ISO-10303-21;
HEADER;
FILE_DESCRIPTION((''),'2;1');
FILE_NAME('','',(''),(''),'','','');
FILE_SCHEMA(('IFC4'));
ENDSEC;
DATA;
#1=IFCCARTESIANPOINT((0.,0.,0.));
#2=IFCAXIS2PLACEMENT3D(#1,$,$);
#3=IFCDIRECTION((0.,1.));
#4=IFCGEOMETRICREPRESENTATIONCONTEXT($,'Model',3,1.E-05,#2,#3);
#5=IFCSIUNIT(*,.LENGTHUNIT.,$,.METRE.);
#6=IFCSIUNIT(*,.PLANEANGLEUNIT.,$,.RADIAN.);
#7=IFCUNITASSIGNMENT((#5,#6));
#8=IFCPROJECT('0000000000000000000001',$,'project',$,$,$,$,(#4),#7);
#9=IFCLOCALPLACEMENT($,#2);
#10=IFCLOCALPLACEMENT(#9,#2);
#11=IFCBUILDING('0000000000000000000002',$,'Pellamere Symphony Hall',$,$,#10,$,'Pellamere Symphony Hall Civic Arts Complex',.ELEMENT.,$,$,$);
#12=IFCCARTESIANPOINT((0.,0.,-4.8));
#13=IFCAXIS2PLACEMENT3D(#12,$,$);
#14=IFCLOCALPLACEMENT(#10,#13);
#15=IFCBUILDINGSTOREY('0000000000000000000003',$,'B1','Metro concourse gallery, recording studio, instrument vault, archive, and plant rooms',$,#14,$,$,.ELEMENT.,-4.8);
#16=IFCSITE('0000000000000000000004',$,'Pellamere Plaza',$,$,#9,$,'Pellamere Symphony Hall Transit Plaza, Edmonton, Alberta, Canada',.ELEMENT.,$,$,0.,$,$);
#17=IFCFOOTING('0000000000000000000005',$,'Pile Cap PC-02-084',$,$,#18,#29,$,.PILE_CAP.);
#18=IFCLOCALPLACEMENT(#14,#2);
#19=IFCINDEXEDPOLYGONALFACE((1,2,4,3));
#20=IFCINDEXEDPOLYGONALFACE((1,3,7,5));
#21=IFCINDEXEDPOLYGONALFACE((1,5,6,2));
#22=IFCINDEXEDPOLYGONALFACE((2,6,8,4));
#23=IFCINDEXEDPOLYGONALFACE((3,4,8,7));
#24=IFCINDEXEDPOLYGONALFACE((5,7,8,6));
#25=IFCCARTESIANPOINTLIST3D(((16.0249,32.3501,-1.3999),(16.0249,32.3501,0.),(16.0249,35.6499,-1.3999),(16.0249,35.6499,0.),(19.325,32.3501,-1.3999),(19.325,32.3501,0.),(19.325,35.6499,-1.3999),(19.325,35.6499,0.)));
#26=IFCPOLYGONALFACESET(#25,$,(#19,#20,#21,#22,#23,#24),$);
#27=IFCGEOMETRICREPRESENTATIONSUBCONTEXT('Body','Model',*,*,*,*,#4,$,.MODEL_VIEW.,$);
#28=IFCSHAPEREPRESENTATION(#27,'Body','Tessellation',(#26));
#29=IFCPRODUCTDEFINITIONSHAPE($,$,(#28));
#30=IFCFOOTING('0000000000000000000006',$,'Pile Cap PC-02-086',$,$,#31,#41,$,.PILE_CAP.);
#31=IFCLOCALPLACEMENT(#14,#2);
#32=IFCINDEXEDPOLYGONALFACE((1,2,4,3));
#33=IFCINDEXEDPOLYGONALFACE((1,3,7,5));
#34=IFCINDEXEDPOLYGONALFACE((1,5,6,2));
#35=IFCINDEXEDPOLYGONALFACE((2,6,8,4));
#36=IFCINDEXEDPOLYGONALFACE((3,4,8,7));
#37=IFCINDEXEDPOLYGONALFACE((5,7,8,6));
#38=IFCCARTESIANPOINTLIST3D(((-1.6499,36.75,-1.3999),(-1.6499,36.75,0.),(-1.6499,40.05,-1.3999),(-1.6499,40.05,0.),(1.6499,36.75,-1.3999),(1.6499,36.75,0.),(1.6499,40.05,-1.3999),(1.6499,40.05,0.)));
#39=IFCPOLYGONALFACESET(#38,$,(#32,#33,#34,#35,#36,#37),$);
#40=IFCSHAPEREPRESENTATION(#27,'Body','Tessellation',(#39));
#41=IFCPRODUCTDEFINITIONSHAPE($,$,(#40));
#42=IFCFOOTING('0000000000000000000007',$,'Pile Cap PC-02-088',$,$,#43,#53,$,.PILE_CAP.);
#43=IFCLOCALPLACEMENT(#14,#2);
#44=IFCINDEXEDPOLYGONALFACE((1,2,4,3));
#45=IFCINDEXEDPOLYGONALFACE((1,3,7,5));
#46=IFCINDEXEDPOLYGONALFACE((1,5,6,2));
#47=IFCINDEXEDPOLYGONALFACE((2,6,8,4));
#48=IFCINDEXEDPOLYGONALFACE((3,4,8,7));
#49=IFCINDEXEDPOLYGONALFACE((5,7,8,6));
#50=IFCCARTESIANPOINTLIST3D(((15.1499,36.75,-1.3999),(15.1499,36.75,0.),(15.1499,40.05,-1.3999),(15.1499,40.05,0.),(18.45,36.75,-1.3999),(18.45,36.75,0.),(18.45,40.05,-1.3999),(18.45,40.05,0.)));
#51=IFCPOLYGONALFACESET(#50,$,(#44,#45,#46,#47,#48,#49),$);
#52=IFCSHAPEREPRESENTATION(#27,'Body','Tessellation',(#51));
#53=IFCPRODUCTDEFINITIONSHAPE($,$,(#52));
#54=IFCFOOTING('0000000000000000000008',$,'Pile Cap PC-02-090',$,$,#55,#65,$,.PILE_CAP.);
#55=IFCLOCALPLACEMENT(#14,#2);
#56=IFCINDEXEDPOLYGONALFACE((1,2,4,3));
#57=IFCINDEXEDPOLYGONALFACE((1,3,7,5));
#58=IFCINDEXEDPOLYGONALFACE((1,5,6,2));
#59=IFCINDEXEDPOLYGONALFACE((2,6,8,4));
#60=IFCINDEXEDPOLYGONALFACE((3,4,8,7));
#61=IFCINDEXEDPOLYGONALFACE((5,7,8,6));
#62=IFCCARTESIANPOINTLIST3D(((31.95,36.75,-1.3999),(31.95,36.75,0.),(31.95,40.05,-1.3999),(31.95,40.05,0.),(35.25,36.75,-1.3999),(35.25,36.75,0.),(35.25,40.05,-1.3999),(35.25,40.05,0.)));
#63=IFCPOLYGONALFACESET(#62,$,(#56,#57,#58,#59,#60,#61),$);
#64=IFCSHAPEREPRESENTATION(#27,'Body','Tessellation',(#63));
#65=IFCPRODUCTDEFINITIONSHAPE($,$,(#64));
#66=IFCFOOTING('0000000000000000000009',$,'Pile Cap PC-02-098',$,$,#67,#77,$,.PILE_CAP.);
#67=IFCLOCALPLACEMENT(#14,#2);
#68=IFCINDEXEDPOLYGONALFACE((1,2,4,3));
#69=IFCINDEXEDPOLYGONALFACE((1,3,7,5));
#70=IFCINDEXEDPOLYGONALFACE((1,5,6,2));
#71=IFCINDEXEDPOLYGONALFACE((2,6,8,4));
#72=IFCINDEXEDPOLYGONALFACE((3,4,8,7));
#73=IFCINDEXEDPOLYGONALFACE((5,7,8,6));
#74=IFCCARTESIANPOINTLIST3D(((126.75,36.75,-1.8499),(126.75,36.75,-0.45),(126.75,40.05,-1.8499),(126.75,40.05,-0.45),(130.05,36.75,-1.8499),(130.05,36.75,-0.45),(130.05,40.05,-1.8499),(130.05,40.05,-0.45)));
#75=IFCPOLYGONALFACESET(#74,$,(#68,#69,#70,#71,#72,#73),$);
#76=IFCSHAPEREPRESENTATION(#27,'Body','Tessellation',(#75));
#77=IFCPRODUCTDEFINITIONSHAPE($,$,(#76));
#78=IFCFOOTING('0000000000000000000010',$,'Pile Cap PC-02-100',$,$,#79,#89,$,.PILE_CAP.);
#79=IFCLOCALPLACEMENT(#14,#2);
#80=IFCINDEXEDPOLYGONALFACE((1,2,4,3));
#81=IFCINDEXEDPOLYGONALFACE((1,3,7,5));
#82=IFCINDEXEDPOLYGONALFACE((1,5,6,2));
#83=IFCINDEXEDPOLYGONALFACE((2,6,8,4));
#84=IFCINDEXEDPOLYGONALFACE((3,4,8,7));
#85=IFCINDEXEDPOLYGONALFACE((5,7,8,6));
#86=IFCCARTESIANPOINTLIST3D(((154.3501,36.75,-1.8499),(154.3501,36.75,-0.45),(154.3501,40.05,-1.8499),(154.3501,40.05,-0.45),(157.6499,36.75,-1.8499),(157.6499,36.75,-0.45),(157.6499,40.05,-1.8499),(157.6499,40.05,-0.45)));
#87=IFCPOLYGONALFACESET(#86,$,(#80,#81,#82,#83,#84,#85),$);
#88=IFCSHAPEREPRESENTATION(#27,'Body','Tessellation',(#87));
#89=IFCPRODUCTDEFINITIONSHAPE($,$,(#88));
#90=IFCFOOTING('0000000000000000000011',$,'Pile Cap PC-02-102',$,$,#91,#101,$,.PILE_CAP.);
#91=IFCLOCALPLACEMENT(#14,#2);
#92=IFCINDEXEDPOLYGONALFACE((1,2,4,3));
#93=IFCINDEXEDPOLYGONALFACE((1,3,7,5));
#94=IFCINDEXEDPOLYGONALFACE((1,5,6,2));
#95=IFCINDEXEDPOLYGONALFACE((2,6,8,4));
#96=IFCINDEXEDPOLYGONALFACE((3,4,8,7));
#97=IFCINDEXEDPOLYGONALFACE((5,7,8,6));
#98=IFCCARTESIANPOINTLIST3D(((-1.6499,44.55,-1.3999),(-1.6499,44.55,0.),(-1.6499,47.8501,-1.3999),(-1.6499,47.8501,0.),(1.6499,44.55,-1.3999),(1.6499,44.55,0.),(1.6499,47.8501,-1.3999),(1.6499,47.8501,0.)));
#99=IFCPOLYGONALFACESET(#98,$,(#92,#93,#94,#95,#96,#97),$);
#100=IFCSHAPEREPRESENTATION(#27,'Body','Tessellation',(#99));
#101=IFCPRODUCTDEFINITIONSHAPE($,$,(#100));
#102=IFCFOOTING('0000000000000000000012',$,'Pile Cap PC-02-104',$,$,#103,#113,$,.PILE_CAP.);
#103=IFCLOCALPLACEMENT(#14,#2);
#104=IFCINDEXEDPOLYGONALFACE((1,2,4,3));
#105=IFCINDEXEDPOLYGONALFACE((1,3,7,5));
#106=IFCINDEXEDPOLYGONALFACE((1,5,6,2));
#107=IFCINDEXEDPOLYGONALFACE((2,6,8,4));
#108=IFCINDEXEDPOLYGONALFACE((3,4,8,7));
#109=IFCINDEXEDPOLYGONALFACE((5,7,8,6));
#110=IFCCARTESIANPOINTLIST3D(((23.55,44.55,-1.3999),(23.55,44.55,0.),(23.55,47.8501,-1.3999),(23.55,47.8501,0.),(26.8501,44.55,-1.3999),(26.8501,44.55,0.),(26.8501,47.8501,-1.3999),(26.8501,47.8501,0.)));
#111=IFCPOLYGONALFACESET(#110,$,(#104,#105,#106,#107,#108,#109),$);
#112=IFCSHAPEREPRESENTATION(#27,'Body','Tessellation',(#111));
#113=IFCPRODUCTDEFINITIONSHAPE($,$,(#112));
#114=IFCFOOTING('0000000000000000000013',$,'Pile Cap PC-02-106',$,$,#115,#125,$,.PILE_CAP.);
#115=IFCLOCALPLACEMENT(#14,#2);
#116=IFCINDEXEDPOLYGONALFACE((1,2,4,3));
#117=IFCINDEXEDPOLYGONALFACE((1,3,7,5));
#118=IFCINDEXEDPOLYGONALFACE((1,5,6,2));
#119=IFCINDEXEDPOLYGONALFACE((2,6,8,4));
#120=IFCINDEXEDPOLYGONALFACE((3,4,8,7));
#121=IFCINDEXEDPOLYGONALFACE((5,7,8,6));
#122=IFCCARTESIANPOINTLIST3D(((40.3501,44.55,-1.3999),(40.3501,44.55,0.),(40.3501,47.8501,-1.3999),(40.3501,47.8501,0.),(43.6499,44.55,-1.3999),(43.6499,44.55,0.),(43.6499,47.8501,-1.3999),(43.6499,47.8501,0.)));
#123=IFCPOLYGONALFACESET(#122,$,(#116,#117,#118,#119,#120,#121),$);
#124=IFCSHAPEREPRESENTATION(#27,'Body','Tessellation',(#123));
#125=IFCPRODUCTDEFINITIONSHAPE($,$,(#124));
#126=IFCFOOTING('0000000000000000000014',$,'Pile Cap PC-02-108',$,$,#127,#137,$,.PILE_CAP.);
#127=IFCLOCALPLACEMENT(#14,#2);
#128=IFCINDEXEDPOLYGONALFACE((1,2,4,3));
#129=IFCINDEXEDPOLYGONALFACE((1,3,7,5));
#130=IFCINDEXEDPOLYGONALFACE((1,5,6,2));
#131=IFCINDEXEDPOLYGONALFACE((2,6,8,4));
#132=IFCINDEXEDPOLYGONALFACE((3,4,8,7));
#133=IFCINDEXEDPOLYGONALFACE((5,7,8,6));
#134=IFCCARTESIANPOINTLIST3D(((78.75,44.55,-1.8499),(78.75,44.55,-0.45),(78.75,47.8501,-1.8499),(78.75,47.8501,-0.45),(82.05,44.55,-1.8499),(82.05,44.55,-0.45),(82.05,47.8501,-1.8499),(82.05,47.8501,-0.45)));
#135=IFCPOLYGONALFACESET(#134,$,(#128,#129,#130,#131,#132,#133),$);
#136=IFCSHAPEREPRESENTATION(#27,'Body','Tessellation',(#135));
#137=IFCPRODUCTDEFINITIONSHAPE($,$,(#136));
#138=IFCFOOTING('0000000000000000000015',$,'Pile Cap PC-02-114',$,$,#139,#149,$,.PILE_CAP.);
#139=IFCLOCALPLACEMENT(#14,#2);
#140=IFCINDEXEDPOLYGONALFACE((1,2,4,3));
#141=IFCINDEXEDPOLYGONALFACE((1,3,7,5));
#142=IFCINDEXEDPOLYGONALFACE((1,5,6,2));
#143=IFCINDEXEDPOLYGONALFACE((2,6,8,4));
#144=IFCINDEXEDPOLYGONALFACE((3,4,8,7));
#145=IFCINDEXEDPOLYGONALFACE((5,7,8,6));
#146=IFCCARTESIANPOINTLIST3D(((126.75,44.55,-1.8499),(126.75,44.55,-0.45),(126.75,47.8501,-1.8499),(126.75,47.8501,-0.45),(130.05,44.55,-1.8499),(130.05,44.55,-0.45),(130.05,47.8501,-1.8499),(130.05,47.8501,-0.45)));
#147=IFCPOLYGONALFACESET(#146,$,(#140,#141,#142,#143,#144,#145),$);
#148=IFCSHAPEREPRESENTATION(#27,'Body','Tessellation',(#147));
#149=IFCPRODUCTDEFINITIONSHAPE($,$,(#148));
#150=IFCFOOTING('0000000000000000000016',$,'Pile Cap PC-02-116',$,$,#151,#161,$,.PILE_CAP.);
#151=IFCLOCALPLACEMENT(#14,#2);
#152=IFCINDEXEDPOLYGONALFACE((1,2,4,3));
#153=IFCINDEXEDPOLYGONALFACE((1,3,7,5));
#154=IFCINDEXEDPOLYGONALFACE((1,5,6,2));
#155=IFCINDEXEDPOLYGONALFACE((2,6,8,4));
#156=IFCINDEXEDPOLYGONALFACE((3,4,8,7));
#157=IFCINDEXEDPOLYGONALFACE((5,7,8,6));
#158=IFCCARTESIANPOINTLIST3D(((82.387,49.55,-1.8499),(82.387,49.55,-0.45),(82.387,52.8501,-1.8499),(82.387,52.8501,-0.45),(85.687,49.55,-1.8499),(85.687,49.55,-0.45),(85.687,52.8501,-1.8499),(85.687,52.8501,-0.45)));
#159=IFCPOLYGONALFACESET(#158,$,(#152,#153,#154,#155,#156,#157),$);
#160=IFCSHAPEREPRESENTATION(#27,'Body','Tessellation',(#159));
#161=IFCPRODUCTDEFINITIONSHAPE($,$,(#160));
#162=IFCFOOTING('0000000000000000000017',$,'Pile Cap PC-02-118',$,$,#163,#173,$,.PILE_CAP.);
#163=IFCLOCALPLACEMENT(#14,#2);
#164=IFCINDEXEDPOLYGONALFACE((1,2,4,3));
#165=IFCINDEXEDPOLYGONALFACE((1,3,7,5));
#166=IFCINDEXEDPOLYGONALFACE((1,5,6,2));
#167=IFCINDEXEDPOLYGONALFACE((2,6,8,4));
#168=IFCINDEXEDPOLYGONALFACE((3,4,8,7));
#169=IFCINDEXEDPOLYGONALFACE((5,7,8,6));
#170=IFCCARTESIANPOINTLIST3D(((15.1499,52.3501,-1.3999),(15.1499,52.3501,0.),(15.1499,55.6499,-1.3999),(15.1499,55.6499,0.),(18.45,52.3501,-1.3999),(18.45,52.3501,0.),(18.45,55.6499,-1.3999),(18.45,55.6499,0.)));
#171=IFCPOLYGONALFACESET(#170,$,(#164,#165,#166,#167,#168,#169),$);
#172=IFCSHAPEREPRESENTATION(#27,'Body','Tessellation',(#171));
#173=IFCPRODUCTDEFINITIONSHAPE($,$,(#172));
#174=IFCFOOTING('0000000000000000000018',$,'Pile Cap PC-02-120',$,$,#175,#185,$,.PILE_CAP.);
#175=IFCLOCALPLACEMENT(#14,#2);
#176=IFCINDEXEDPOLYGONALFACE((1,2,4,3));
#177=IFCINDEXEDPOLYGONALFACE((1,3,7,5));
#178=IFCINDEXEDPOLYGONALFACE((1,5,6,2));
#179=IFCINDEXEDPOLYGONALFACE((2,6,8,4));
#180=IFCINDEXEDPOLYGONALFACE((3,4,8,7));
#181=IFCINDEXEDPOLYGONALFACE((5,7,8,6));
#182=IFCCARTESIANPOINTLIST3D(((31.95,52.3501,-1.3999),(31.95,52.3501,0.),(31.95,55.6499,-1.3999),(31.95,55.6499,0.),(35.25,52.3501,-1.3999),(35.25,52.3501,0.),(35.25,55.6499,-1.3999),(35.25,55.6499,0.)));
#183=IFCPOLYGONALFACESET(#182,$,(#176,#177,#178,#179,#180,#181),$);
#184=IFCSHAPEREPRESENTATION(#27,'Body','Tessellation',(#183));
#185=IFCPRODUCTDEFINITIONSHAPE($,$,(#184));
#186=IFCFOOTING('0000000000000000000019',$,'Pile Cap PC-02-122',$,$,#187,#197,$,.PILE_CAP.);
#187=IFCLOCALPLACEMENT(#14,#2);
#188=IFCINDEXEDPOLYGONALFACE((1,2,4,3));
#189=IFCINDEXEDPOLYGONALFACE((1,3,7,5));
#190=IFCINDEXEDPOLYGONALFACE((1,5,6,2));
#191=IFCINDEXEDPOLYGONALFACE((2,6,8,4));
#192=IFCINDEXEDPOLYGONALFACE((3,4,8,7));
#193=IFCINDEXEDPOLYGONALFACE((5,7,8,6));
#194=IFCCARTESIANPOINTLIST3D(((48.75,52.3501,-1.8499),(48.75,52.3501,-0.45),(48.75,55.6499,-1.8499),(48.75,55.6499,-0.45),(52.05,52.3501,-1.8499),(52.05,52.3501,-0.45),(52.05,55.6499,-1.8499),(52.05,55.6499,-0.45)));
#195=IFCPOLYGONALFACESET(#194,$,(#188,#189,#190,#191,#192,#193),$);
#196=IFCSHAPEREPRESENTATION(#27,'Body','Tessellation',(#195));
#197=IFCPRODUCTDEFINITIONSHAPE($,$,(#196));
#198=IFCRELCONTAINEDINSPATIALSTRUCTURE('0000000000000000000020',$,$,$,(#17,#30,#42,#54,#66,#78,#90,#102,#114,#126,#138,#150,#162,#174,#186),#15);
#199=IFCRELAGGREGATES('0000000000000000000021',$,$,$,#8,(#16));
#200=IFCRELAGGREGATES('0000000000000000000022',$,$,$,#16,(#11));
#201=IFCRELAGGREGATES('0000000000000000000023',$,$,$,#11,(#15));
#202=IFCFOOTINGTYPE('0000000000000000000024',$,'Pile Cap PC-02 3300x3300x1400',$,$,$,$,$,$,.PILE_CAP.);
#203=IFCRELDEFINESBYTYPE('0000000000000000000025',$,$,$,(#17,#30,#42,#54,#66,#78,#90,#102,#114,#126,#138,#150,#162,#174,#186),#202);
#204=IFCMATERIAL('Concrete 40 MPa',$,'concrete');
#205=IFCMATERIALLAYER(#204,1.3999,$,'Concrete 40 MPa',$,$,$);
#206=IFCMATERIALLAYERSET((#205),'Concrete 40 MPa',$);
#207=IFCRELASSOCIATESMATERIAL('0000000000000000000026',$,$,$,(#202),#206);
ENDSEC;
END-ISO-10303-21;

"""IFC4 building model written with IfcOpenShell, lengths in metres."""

from ifc_helpers import new_model, si_unit, direction, frame, origin, place, context, subcontext, project, spatial, polyline, outline, extrude, material, layer, layer_set, type_object, element, save


model = new_model("IFC4")

# Units and contexts
model_context = context("Model", 3, precision=1e-05, world=origin(), true_north=direction((0.0, 1.0)))
body_context = subcontext(model_context, "Body", "Model", "MODEL_VIEW")
ifc_project = project(units=[si_unit("LENGTHUNIT", "METRE"), si_unit("PLANEANGLEUNIT", "RADIAN")], contexts=[model_context])

# Site, building, storey
site_placement = place(None, origin())
site = spatial("IfcSite", under=ifc_project, at=site_placement, Name="Pellamere Plaza", LongName="Pellamere Symphony Hall Transit Plaza, Edmonton, Alberta, Canada", CompositionType="ELEMENT", RefElevation=0.0)
building_placement = place(site_placement, origin())
building = spatial("IfcBuilding", under=site, at=building_placement, Name="Pellamere Symphony Hall", LongName="Pellamere Symphony Hall Civic Arts Complex", CompositionType="ELEMENT")
storey_placement = place(building_placement, frame((0.0, 0.0, -4.8)))
storey = spatial("IfcBuildingStorey", under=building, at=storey_placement, Name="B1", Description="Metro concourse gallery, recording studio, instrument vault, archive, and plant rooms", CompositionType="ELEMENT", Elevation=-4.8)

# Footings
ifc_material = material(Name="Concrete 40 MPa", Category="concrete")
ifc_layer_1 = layer(ifc_material, 1.3999, Name="Concrete 40 MPa")
ifc_layer_set_1 = layer_set([ifc_layer_1], Name="Concrete 40 MPa")
footing_type_1 = type_object("IfcFootingType", Name="Pile Cap PC-02 3300x3300x1400", PredefinedType="PILE_CAP", material=ifc_layer_set_1)
footing_1_placement = place(storey_placement, frame((0.0, 0.0, -1.3999)))
element("IfcFooting", 1, at=footing_1_placement, inside=storey, type_object=footing_type_1, Name="Pile Cap PC-02-084", PredefinedType="PILE_CAP", context=body_context, shape_type="SweptSolid", body=[
    extrude(outline(polyline([(16.0249, 32.3501), (16.0249, 35.6499), (19.325, 35.6499), (19.325, 32.3501), (16.0249, 32.3501)])), origin(), (0.0, 0.0, 1.0), 1.3999),
])
footing_2_placement = place(storey_placement, frame((0.0, 0.0, -1.3999)))
element("IfcFooting", 2, at=footing_2_placement, inside=storey, type_object=footing_type_1, Name="Pile Cap PC-02-086", PredefinedType="PILE_CAP", context=body_context, shape_type="SweptSolid", body=[
    extrude(outline(polyline([(-1.6499, 36.75), (-1.6499, 40.05), (1.6499, 40.05), (1.6499, 36.75), (-1.6499, 36.75)])), origin(), (0.0, 0.0, 1.0), 1.3999),
])
footing_3_placement = place(storey_placement, frame((0.0, 0.0, -1.3999)))
element("IfcFooting", 3, at=footing_3_placement, inside=storey, type_object=footing_type_1, Name="Pile Cap PC-02-088", PredefinedType="PILE_CAP", context=body_context, shape_type="SweptSolid", body=[
    extrude(outline(polyline([(15.1499, 36.75), (15.1499, 40.05), (18.45, 40.05), (18.45, 36.75), (15.1499, 36.75)])), origin(), (0.0, 0.0, 1.0), 1.3999),
])
footing_4_placement = place(storey_placement, frame((0.0, 0.0, -1.3999)))
element("IfcFooting", 4, at=footing_4_placement, inside=storey, type_object=footing_type_1, Name="Pile Cap PC-02-090", PredefinedType="PILE_CAP", context=body_context, shape_type="SweptSolid", body=[
    extrude(outline(polyline([(31.95, 36.75), (31.95, 40.05), (35.25, 40.05), (35.25, 36.75), (31.95, 36.75)])), origin(), (0.0, 0.0, 1.0), 1.3999),
])
footing_5_placement = place(storey_placement, frame((0.0, 0.0, -1.8499)))
element("IfcFooting", 5, at=footing_5_placement, inside=storey, type_object=footing_type_1, Name="Pile Cap PC-02-098", PredefinedType="PILE_CAP", context=body_context, shape_type="SweptSolid", body=[
    extrude(outline(polyline([(130.05, 36.75), (126.75, 36.75), (126.75, 40.05), (130.05, 40.05), (130.05, 36.75)])), origin(), (0.0, 0.0, 1.0), 1.3999),
])
footing_6_placement = place(storey_placement, frame((0.0, 0.0, -1.8499)))
element("IfcFooting", 6, at=footing_6_placement, inside=storey, type_object=footing_type_1, Name="Pile Cap PC-02-100", PredefinedType="PILE_CAP", context=body_context, shape_type="SweptSolid", body=[
    extrude(outline(polyline([(157.6499, 36.75), (154.3501, 36.75), (154.3501, 40.05), (157.6499, 40.05), (157.6499, 36.75)])), origin(), (0.0, 0.0, 1.0), 1.3999),
])
footing_7_placement = place(storey_placement, frame((0.0, 0.0, -1.3999)))
element("IfcFooting", 7, at=footing_7_placement, inside=storey, type_object=footing_type_1, Name="Pile Cap PC-02-102", PredefinedType="PILE_CAP", context=body_context, shape_type="SweptSolid", body=[
    extrude(outline(polyline([(1.6499, 44.55), (-1.6499, 44.55), (-1.6499, 47.8501), (1.6499, 47.8501), (1.6499, 44.55)])), origin(), (0.0, 0.0, 1.0), 1.3999),
])
footing_8_placement = place(storey_placement, frame((0.0, 0.0, -1.3999)))
element("IfcFooting", 8, at=footing_8_placement, inside=storey, type_object=footing_type_1, Name="Pile Cap PC-02-104", PredefinedType="PILE_CAP", context=body_context, shape_type="SweptSolid", body=[
    extrude(outline(polyline([(23.55, 44.55), (23.55, 47.8501), (26.8501, 47.8501), (26.8501, 44.55), (23.55, 44.55)])), origin(), (0.0, 0.0, 1.0), 1.3999),
])
footing_9_placement = place(storey_placement, frame((0.0, 0.0, -1.3999)))
element("IfcFooting", 9, at=footing_9_placement, inside=storey, type_object=footing_type_1, Name="Pile Cap PC-02-106", PredefinedType="PILE_CAP", context=body_context, shape_type="SweptSolid", body=[
    extrude(outline(polyline([(40.3501, 44.55), (40.3501, 47.8501), (43.6499, 47.8501), (43.6499, 44.55), (40.3501, 44.55)])), origin(), (0.0, 0.0, 1.0), 1.3999),
])
footing_10_placement = place(storey_placement, frame((0.0, 0.0, -1.8499)))
element("IfcFooting", 10, at=footing_10_placement, inside=storey, type_object=footing_type_1, Name="Pile Cap PC-02-108", PredefinedType="PILE_CAP", context=body_context, shape_type="SweptSolid", body=[
    extrude(outline(polyline([(82.05, 44.55), (78.75, 44.55), (78.75, 47.8501), (82.05, 47.8501), (82.05, 44.55)])), origin(), (0.0, 0.0, 1.0), 1.3999),
])
footing_11_placement = place(storey_placement, frame((0.0, 0.0, -1.8499)))
element("IfcFooting", 11, at=footing_11_placement, inside=storey, type_object=footing_type_1, Name="Pile Cap PC-02-114", PredefinedType="PILE_CAP", context=body_context, shape_type="SweptSolid", body=[
    extrude(outline(polyline([(130.05, 44.55), (126.75, 44.55), (126.75, 47.8501), (130.05, 47.8501), (130.05, 44.55)])), origin(), (0.0, 0.0, 1.0), 1.3999),
])
footing_12_placement = place(storey_placement, frame((0.0, 0.0, -1.8499)))
element("IfcFooting", 12, at=footing_12_placement, inside=storey, type_object=footing_type_1, Name="Pile Cap PC-02-116", PredefinedType="PILE_CAP", context=body_context, shape_type="SweptSolid", body=[
    extrude(outline(polyline([(82.387, 49.55), (82.387, 52.8501), (85.687, 52.8501), (85.687, 49.55), (82.387, 49.55)])), origin(), (0.0, 0.0, 1.0), 1.3999),
])
footing_13_placement = place(storey_placement, frame((0.0, 0.0, -1.3999)))
element("IfcFooting", 13, at=footing_13_placement, inside=storey, type_object=footing_type_1, Name="Pile Cap PC-02-118", PredefinedType="PILE_CAP", context=body_context, shape_type="SweptSolid", body=[
    extrude(outline(polyline([(15.1499, 52.3501), (15.1499, 55.6499), (18.45, 55.6499), (18.45, 52.3501), (15.1499, 52.3501)])), origin(), (0.0, 0.0, 1.0), 1.3999),
])
footing_14_placement = place(storey_placement, frame((0.0, 0.0, -1.3999)))
element("IfcFooting", 14, at=footing_14_placement, inside=storey, type_object=footing_type_1, Name="Pile Cap PC-02-120", PredefinedType="PILE_CAP", context=body_context, shape_type="SweptSolid", body=[
    extrude(outline(polyline([(35.25, 52.3501), (31.95, 52.3501), (31.95, 55.6499), (35.25, 55.6499), (35.25, 52.3501)])), origin(), (0.0, 0.0, 1.0), 1.3999),
])
footing_15_placement = place(storey_placement, frame((0.0, 0.0, -1.8499)))
element("IfcFooting", 15, at=footing_15_placement, inside=storey, type_object=footing_type_1, Name="Pile Cap PC-02-122", PredefinedType="PILE_CAP", context=body_context, shape_type="SweptSolid", body=[
    extrude(outline(polyline([(48.75, 52.3501), (48.75, 55.6499), (52.05, 55.6499), (52.05, 52.3501), (48.75, 52.3501)])), origin(), (0.0, 0.0, 1.0), 1.3999),
])

save(model, "model.ifc")
